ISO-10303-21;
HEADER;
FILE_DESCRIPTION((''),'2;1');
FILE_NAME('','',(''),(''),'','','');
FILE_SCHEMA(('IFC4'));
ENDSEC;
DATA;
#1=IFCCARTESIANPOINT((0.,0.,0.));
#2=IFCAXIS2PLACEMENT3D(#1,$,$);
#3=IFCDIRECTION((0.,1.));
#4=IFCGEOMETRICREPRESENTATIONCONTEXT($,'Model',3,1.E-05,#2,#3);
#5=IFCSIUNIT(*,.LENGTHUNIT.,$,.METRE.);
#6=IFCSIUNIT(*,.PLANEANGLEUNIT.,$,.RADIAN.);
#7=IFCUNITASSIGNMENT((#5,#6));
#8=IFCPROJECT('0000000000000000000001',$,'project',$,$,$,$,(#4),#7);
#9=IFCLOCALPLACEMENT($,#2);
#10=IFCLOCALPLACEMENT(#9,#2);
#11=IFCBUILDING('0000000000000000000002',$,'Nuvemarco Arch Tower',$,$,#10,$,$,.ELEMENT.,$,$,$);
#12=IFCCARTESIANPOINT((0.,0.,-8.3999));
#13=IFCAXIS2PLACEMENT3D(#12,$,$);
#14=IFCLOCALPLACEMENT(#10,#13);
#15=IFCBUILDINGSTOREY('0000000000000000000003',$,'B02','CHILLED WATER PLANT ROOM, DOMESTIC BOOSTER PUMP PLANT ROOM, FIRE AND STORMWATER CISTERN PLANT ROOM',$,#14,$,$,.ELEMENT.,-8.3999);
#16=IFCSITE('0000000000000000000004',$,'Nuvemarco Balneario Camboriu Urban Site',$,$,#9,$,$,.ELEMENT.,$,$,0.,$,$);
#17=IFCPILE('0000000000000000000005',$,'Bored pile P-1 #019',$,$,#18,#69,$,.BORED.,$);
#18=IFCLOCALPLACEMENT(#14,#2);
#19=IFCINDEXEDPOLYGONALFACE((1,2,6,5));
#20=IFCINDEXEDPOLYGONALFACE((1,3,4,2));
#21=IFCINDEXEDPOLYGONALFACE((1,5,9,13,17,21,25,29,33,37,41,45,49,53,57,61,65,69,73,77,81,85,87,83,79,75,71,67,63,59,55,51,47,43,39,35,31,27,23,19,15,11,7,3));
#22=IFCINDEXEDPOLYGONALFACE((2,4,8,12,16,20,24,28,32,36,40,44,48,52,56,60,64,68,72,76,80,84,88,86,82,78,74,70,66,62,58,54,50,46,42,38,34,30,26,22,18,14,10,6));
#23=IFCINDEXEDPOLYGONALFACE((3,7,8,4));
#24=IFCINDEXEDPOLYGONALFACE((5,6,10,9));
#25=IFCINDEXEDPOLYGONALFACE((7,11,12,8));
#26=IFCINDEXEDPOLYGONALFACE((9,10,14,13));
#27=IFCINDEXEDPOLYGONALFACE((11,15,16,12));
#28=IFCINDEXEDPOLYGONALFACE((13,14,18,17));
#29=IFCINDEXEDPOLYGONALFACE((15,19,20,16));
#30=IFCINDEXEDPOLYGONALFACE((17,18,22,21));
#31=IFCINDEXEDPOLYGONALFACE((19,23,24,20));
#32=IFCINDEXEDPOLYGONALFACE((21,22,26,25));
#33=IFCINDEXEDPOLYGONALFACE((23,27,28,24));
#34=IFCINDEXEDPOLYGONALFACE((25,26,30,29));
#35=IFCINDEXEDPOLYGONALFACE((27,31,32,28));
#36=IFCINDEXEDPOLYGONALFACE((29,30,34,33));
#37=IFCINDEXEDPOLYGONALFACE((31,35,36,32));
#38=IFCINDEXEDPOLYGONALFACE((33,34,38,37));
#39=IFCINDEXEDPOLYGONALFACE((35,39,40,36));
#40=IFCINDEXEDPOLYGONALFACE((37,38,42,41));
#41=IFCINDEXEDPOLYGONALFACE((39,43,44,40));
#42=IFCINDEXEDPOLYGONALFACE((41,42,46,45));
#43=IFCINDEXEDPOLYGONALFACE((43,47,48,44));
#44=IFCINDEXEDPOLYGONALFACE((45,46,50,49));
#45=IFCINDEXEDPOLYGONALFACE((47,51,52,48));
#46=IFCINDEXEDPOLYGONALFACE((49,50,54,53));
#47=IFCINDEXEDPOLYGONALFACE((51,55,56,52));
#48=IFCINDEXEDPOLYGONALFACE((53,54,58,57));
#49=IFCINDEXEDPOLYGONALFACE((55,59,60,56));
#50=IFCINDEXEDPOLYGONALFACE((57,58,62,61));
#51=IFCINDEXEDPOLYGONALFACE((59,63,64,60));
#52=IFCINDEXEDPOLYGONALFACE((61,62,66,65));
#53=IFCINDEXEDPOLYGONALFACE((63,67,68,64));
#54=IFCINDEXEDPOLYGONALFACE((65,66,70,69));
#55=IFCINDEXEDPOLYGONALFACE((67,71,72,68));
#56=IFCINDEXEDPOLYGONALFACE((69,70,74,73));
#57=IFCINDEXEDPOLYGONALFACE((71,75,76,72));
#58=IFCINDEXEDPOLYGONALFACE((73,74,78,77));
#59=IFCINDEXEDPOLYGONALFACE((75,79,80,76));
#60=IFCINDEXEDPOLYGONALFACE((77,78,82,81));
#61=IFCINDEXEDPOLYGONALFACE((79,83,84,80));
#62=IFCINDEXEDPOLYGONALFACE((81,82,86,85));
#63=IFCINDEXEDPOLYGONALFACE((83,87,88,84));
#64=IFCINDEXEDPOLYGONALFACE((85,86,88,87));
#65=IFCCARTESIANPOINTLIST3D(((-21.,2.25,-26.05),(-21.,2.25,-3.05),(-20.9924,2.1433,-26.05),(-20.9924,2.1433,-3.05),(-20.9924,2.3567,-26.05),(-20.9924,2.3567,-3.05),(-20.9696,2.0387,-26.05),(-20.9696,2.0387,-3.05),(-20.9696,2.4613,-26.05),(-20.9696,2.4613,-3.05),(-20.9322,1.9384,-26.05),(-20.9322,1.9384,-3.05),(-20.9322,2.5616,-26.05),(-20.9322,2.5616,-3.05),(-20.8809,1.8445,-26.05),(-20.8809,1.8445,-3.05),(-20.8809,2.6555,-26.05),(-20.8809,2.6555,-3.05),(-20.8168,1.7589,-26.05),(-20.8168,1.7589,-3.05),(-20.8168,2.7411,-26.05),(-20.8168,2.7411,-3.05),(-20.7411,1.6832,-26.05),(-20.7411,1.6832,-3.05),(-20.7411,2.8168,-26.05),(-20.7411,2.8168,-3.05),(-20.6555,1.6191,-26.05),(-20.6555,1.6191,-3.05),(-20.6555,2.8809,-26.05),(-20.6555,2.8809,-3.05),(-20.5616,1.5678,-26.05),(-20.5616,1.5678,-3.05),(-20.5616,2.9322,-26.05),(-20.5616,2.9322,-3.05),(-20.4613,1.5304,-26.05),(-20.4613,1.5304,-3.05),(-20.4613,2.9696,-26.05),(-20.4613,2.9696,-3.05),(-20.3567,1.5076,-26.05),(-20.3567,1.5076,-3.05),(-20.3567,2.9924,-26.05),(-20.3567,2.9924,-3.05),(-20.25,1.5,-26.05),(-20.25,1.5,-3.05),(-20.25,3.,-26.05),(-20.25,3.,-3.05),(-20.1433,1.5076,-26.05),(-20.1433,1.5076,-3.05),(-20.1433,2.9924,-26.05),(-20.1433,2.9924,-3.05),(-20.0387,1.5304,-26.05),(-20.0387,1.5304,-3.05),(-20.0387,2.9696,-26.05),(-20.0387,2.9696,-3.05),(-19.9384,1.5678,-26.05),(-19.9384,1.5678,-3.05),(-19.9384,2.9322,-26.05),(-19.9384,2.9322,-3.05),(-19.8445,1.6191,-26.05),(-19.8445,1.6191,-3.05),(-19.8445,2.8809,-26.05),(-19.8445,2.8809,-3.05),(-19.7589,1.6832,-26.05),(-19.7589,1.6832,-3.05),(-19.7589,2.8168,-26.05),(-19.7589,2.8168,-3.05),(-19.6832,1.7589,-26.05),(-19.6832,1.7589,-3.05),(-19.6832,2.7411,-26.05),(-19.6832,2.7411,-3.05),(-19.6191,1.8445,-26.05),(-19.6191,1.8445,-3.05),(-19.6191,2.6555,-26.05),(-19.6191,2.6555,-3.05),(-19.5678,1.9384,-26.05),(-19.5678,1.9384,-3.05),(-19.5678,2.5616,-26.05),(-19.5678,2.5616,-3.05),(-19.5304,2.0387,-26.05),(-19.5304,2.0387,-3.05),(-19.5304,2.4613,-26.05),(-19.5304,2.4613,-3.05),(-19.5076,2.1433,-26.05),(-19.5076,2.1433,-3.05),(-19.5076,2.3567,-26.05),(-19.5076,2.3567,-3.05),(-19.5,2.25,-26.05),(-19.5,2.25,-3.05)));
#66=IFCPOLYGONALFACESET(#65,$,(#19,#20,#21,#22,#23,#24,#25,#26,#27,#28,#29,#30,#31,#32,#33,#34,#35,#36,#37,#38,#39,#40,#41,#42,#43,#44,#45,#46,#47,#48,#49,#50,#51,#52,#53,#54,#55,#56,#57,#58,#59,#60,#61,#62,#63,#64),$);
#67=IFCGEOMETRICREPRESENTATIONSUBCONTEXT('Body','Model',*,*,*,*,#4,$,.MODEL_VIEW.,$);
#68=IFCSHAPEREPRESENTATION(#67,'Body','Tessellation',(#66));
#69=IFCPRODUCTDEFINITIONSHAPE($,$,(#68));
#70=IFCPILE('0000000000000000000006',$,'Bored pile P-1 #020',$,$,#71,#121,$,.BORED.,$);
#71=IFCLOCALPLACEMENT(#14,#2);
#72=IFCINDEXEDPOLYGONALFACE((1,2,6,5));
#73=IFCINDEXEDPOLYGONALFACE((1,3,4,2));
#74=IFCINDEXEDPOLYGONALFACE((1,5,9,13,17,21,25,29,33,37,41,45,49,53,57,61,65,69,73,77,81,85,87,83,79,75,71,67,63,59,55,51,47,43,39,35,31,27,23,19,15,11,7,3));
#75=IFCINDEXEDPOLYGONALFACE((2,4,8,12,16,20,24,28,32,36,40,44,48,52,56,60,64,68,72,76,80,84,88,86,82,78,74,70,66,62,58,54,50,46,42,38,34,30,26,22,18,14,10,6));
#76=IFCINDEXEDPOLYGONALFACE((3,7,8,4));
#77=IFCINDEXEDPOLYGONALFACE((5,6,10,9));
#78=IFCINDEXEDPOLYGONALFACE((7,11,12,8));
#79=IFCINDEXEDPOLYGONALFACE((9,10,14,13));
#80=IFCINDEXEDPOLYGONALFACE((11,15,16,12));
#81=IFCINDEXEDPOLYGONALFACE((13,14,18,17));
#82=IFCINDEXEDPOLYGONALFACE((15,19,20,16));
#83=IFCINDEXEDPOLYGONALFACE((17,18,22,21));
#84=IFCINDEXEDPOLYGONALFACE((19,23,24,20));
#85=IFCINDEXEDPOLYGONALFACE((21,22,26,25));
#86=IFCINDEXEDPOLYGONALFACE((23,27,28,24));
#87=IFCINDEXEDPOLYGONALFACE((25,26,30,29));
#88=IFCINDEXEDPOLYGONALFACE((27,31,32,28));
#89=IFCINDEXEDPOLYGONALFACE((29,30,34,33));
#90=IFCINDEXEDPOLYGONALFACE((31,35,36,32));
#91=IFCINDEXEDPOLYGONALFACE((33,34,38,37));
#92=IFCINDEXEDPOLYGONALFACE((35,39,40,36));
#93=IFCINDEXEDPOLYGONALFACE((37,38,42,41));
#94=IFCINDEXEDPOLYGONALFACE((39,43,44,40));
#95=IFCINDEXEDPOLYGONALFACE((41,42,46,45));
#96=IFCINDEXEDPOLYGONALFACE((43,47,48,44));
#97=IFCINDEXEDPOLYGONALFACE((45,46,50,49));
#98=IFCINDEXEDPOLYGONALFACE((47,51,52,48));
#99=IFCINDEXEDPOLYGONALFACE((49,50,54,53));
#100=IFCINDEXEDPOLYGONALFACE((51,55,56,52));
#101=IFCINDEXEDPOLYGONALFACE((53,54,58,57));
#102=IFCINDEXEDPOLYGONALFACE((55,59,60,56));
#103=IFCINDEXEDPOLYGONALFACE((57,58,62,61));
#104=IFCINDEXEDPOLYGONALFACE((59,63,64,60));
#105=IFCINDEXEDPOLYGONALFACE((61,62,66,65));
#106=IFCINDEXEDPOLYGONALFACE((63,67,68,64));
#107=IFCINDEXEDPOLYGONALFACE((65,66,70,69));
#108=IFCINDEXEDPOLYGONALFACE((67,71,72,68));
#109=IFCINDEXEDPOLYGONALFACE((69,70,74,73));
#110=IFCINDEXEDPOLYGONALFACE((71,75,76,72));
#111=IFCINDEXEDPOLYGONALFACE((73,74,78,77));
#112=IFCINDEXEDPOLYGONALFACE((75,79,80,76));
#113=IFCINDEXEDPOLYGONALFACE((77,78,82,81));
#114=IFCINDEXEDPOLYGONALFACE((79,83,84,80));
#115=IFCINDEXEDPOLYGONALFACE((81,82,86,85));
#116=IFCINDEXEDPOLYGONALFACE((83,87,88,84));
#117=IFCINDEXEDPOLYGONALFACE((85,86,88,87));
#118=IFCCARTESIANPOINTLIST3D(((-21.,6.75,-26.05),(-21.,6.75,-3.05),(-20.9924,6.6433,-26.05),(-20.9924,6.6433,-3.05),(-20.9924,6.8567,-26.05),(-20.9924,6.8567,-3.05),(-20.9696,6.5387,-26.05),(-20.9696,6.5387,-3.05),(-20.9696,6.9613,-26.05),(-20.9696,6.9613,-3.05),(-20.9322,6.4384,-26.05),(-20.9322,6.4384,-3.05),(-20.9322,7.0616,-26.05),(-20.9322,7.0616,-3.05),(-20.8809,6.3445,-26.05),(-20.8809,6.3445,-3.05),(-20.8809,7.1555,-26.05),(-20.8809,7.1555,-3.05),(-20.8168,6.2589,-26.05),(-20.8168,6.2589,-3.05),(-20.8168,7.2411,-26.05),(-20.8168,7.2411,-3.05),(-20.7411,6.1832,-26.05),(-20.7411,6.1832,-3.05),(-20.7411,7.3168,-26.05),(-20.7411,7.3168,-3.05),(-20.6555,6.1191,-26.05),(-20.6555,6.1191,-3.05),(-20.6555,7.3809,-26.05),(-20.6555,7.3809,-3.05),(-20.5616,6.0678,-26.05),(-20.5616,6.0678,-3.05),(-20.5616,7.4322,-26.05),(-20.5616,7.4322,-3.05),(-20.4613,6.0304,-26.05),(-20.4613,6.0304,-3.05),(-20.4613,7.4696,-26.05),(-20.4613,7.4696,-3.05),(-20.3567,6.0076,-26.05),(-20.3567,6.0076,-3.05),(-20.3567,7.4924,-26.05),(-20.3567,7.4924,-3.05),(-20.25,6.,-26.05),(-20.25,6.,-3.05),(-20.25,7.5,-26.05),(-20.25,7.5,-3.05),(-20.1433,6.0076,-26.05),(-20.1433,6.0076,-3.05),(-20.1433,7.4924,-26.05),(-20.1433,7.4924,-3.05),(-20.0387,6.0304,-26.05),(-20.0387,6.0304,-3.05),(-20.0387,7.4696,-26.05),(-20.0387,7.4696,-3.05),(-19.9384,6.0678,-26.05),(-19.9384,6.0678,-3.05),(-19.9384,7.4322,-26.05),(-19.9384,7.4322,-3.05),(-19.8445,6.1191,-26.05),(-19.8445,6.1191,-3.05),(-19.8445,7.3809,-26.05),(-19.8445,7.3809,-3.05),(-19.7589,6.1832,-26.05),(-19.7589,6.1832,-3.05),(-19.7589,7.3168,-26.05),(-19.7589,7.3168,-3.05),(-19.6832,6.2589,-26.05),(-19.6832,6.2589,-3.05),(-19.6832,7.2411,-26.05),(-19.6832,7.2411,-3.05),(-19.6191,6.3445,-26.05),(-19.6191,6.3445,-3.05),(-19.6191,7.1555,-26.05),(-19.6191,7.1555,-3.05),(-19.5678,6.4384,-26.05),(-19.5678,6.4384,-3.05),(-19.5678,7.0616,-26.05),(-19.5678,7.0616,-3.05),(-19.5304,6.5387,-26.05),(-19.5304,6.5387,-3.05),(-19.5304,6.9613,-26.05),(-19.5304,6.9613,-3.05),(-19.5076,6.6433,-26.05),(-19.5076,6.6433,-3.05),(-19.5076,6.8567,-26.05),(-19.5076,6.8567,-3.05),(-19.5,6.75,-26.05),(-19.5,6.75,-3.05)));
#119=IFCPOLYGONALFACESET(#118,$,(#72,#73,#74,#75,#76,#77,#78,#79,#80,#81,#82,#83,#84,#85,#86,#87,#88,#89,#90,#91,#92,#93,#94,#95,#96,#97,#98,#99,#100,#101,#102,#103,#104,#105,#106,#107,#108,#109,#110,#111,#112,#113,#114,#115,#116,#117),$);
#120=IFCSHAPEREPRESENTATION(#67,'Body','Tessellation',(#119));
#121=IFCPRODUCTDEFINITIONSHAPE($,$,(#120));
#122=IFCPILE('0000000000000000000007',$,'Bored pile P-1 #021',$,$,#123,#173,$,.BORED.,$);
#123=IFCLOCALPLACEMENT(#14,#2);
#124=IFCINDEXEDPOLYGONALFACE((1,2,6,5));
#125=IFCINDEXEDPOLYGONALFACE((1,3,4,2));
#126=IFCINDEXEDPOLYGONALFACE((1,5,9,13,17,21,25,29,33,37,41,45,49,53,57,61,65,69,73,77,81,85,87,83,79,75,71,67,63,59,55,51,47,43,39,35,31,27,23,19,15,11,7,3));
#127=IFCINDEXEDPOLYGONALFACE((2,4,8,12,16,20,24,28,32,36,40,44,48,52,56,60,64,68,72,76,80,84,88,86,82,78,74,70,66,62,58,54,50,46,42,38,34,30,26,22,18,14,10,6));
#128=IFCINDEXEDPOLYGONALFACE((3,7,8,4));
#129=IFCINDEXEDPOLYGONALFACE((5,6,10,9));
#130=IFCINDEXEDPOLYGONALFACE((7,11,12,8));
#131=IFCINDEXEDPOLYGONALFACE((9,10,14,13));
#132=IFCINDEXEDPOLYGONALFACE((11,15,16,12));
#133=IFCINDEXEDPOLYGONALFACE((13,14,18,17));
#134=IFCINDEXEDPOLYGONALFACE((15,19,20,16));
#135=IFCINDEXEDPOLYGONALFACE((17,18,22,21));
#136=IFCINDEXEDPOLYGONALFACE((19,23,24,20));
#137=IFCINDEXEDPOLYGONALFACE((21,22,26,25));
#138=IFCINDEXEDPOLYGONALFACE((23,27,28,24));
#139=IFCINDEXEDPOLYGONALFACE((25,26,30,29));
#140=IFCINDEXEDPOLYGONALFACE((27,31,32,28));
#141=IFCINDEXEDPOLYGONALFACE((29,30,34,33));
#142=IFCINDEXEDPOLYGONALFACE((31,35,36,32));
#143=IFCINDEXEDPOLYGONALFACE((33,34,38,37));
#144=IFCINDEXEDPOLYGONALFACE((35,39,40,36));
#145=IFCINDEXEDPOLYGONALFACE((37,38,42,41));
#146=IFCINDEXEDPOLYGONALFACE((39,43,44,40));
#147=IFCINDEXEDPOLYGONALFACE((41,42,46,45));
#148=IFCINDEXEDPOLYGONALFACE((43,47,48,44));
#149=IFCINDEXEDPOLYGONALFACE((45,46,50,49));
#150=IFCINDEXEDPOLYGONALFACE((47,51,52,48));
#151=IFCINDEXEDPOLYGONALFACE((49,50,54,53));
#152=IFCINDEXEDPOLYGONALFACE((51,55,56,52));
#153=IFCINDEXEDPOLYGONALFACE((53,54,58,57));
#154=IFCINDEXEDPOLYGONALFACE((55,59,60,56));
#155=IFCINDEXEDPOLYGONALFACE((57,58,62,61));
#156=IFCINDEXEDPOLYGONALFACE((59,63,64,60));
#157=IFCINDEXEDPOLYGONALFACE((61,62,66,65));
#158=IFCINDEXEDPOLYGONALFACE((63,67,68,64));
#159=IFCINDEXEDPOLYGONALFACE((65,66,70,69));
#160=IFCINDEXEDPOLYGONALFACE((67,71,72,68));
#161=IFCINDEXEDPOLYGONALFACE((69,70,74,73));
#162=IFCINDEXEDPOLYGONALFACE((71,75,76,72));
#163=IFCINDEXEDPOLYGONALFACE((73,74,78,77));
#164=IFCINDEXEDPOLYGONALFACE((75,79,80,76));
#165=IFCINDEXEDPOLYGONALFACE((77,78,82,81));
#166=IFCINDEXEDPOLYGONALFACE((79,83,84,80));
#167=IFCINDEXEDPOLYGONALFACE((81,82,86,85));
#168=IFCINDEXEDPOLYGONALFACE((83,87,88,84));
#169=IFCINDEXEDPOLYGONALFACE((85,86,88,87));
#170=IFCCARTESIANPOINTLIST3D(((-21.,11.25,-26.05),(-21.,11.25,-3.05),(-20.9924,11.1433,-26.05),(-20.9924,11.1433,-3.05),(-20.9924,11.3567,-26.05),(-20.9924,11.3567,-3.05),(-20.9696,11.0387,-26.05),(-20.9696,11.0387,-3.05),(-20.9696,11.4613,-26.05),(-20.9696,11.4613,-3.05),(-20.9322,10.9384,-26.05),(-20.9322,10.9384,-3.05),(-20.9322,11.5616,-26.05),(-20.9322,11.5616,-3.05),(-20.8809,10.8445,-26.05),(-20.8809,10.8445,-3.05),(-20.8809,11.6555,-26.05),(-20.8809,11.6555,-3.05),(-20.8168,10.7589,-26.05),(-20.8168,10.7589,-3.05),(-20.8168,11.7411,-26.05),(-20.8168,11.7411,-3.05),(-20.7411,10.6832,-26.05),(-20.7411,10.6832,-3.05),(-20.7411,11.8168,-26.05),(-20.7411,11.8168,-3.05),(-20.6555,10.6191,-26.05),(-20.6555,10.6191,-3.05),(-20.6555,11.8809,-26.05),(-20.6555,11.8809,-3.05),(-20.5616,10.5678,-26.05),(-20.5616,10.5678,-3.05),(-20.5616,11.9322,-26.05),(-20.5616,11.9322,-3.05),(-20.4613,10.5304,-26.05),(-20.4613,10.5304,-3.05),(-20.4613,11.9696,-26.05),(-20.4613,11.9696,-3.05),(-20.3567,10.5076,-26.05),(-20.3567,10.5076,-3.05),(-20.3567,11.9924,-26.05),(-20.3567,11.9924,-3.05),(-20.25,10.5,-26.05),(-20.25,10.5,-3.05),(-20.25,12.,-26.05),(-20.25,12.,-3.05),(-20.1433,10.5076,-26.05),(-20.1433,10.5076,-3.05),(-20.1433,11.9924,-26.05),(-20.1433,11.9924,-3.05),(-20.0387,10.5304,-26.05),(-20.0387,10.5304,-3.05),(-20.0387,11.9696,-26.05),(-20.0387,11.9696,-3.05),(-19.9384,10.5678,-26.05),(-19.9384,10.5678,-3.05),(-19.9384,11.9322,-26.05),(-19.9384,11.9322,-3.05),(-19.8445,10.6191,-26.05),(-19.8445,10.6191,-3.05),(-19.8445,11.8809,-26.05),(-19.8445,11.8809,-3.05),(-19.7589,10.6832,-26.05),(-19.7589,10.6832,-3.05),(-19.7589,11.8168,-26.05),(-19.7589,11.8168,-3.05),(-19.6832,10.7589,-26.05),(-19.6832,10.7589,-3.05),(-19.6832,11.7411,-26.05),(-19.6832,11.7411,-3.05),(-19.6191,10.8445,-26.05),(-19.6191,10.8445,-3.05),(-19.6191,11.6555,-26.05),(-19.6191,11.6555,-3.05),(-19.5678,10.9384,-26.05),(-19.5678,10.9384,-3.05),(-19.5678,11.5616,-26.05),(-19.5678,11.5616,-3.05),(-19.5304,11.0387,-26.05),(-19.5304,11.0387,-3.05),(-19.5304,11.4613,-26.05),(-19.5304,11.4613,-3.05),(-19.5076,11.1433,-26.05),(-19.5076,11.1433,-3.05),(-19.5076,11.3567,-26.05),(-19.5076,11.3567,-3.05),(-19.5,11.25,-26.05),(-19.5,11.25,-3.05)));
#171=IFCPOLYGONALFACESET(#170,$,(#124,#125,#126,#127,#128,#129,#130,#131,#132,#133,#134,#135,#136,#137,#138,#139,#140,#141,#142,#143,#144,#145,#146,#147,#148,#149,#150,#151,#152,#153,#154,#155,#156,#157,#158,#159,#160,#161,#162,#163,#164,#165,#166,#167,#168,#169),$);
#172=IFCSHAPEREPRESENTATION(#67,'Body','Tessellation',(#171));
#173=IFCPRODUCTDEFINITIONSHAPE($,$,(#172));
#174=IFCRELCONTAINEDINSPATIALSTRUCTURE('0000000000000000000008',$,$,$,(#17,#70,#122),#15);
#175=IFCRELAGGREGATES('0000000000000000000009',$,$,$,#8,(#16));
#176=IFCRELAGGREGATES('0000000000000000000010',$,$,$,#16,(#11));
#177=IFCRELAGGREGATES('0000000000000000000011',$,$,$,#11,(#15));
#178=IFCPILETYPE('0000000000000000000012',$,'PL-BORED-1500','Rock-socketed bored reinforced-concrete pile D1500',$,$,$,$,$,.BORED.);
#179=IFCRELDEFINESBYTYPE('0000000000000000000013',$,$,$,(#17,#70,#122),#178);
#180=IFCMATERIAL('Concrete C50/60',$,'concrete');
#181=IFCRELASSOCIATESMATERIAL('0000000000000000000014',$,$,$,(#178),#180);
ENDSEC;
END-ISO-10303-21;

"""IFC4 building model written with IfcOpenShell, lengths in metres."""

from ifc_helpers import new_model, si_unit, direction, frame, origin, origin_2d, place, context, subcontext, project, spatial, circle, extrude, material, material_profile, profile_set, type_object, element, save


model = new_model("IFC4")

# Units and contexts
model_context = context("Model", 3, precision=1e-05, world=origin(), true_north=direction((0.0, 1.0)))
body_context = subcontext(model_context, "Body", "Model", "MODEL_VIEW")
ifc_project = project(units=[si_unit("LENGTHUNIT", "METRE"), si_unit("PLANEANGLEUNIT", "RADIAN")], contexts=[model_context])

# Site, building, storey
site_placement = place(None, origin())
site = spatial("IfcSite", under=ifc_project, at=site_placement, Name="Nuvemarco Balneario Camboriu Urban Site", CompositionType="ELEMENT", RefElevation=0.0)
building_placement = place(site_placement, origin())
building = spatial("IfcBuilding", under=site, at=building_placement, Name="Nuvemarco Arch Tower", CompositionType="ELEMENT")
storey_placement = place(building_placement, frame((0.0, 0.0, -8.3999)))
storey = spatial("IfcBuildingStorey", under=building, at=storey_placement, Name="B02", Description="CHILLED WATER PLANT ROOM, DOMESTIC BOOSTER PUMP PLANT ROOM, FIRE AND STORMWATER CISTERN PLANT ROOM", CompositionType="ELEMENT", Elevation=-8.3999)

# Piles
ifc_material_1 = material(Name="Concrete C50/60", Category="concrete")
ifc_material_profile_1 = material_profile(ifc_material_1, circle(Radius=0.75, at=origin_2d()), Name="PILE-D1500")
ifc_profile_set_1 = profile_set([ifc_material_profile_1], Name="Concrete C50/60")
pile_type = type_object("IfcPileType", Name="PL-BORED-1500", Description="Rock-socketed bored reinforced-concrete pile D1500", PredefinedType="BORED", material=ifc_profile_set_1)
for number, where, z_axis, x_axis, name in (
    (1, (-20.25, 2.25, -3.05), (0.0, 0.0, -1.0), (1.0, 0.0, 0.0), "Bored pile P-1 #019"),
    (2, (-20.25, 6.75, -3.05), (0.0, 0.0, -1.0), (1.0, 0.0, 0.0), "Bored pile P-1 #020"),
    (3, (-20.25, 11.25, -3.05), (0.0, 0.0, -1.0), (1.0, 0.0, 0.0), "Bored pile P-1 #021"),
):
    element("IfcPile", number, at=place(storey_placement, frame(where, z_axis=z_axis, x_axis=x_axis)), inside=storey, type_object=pile_type, Name=name, PredefinedType="BORED", context=body_context, shape_type="SweptSolid", body=[
        extrude(circle(Radius=0.75, at=origin_2d()), origin(), (0.0, 0.0, 1.0), 23.0),
    ])

save(model, "model.ifc")
